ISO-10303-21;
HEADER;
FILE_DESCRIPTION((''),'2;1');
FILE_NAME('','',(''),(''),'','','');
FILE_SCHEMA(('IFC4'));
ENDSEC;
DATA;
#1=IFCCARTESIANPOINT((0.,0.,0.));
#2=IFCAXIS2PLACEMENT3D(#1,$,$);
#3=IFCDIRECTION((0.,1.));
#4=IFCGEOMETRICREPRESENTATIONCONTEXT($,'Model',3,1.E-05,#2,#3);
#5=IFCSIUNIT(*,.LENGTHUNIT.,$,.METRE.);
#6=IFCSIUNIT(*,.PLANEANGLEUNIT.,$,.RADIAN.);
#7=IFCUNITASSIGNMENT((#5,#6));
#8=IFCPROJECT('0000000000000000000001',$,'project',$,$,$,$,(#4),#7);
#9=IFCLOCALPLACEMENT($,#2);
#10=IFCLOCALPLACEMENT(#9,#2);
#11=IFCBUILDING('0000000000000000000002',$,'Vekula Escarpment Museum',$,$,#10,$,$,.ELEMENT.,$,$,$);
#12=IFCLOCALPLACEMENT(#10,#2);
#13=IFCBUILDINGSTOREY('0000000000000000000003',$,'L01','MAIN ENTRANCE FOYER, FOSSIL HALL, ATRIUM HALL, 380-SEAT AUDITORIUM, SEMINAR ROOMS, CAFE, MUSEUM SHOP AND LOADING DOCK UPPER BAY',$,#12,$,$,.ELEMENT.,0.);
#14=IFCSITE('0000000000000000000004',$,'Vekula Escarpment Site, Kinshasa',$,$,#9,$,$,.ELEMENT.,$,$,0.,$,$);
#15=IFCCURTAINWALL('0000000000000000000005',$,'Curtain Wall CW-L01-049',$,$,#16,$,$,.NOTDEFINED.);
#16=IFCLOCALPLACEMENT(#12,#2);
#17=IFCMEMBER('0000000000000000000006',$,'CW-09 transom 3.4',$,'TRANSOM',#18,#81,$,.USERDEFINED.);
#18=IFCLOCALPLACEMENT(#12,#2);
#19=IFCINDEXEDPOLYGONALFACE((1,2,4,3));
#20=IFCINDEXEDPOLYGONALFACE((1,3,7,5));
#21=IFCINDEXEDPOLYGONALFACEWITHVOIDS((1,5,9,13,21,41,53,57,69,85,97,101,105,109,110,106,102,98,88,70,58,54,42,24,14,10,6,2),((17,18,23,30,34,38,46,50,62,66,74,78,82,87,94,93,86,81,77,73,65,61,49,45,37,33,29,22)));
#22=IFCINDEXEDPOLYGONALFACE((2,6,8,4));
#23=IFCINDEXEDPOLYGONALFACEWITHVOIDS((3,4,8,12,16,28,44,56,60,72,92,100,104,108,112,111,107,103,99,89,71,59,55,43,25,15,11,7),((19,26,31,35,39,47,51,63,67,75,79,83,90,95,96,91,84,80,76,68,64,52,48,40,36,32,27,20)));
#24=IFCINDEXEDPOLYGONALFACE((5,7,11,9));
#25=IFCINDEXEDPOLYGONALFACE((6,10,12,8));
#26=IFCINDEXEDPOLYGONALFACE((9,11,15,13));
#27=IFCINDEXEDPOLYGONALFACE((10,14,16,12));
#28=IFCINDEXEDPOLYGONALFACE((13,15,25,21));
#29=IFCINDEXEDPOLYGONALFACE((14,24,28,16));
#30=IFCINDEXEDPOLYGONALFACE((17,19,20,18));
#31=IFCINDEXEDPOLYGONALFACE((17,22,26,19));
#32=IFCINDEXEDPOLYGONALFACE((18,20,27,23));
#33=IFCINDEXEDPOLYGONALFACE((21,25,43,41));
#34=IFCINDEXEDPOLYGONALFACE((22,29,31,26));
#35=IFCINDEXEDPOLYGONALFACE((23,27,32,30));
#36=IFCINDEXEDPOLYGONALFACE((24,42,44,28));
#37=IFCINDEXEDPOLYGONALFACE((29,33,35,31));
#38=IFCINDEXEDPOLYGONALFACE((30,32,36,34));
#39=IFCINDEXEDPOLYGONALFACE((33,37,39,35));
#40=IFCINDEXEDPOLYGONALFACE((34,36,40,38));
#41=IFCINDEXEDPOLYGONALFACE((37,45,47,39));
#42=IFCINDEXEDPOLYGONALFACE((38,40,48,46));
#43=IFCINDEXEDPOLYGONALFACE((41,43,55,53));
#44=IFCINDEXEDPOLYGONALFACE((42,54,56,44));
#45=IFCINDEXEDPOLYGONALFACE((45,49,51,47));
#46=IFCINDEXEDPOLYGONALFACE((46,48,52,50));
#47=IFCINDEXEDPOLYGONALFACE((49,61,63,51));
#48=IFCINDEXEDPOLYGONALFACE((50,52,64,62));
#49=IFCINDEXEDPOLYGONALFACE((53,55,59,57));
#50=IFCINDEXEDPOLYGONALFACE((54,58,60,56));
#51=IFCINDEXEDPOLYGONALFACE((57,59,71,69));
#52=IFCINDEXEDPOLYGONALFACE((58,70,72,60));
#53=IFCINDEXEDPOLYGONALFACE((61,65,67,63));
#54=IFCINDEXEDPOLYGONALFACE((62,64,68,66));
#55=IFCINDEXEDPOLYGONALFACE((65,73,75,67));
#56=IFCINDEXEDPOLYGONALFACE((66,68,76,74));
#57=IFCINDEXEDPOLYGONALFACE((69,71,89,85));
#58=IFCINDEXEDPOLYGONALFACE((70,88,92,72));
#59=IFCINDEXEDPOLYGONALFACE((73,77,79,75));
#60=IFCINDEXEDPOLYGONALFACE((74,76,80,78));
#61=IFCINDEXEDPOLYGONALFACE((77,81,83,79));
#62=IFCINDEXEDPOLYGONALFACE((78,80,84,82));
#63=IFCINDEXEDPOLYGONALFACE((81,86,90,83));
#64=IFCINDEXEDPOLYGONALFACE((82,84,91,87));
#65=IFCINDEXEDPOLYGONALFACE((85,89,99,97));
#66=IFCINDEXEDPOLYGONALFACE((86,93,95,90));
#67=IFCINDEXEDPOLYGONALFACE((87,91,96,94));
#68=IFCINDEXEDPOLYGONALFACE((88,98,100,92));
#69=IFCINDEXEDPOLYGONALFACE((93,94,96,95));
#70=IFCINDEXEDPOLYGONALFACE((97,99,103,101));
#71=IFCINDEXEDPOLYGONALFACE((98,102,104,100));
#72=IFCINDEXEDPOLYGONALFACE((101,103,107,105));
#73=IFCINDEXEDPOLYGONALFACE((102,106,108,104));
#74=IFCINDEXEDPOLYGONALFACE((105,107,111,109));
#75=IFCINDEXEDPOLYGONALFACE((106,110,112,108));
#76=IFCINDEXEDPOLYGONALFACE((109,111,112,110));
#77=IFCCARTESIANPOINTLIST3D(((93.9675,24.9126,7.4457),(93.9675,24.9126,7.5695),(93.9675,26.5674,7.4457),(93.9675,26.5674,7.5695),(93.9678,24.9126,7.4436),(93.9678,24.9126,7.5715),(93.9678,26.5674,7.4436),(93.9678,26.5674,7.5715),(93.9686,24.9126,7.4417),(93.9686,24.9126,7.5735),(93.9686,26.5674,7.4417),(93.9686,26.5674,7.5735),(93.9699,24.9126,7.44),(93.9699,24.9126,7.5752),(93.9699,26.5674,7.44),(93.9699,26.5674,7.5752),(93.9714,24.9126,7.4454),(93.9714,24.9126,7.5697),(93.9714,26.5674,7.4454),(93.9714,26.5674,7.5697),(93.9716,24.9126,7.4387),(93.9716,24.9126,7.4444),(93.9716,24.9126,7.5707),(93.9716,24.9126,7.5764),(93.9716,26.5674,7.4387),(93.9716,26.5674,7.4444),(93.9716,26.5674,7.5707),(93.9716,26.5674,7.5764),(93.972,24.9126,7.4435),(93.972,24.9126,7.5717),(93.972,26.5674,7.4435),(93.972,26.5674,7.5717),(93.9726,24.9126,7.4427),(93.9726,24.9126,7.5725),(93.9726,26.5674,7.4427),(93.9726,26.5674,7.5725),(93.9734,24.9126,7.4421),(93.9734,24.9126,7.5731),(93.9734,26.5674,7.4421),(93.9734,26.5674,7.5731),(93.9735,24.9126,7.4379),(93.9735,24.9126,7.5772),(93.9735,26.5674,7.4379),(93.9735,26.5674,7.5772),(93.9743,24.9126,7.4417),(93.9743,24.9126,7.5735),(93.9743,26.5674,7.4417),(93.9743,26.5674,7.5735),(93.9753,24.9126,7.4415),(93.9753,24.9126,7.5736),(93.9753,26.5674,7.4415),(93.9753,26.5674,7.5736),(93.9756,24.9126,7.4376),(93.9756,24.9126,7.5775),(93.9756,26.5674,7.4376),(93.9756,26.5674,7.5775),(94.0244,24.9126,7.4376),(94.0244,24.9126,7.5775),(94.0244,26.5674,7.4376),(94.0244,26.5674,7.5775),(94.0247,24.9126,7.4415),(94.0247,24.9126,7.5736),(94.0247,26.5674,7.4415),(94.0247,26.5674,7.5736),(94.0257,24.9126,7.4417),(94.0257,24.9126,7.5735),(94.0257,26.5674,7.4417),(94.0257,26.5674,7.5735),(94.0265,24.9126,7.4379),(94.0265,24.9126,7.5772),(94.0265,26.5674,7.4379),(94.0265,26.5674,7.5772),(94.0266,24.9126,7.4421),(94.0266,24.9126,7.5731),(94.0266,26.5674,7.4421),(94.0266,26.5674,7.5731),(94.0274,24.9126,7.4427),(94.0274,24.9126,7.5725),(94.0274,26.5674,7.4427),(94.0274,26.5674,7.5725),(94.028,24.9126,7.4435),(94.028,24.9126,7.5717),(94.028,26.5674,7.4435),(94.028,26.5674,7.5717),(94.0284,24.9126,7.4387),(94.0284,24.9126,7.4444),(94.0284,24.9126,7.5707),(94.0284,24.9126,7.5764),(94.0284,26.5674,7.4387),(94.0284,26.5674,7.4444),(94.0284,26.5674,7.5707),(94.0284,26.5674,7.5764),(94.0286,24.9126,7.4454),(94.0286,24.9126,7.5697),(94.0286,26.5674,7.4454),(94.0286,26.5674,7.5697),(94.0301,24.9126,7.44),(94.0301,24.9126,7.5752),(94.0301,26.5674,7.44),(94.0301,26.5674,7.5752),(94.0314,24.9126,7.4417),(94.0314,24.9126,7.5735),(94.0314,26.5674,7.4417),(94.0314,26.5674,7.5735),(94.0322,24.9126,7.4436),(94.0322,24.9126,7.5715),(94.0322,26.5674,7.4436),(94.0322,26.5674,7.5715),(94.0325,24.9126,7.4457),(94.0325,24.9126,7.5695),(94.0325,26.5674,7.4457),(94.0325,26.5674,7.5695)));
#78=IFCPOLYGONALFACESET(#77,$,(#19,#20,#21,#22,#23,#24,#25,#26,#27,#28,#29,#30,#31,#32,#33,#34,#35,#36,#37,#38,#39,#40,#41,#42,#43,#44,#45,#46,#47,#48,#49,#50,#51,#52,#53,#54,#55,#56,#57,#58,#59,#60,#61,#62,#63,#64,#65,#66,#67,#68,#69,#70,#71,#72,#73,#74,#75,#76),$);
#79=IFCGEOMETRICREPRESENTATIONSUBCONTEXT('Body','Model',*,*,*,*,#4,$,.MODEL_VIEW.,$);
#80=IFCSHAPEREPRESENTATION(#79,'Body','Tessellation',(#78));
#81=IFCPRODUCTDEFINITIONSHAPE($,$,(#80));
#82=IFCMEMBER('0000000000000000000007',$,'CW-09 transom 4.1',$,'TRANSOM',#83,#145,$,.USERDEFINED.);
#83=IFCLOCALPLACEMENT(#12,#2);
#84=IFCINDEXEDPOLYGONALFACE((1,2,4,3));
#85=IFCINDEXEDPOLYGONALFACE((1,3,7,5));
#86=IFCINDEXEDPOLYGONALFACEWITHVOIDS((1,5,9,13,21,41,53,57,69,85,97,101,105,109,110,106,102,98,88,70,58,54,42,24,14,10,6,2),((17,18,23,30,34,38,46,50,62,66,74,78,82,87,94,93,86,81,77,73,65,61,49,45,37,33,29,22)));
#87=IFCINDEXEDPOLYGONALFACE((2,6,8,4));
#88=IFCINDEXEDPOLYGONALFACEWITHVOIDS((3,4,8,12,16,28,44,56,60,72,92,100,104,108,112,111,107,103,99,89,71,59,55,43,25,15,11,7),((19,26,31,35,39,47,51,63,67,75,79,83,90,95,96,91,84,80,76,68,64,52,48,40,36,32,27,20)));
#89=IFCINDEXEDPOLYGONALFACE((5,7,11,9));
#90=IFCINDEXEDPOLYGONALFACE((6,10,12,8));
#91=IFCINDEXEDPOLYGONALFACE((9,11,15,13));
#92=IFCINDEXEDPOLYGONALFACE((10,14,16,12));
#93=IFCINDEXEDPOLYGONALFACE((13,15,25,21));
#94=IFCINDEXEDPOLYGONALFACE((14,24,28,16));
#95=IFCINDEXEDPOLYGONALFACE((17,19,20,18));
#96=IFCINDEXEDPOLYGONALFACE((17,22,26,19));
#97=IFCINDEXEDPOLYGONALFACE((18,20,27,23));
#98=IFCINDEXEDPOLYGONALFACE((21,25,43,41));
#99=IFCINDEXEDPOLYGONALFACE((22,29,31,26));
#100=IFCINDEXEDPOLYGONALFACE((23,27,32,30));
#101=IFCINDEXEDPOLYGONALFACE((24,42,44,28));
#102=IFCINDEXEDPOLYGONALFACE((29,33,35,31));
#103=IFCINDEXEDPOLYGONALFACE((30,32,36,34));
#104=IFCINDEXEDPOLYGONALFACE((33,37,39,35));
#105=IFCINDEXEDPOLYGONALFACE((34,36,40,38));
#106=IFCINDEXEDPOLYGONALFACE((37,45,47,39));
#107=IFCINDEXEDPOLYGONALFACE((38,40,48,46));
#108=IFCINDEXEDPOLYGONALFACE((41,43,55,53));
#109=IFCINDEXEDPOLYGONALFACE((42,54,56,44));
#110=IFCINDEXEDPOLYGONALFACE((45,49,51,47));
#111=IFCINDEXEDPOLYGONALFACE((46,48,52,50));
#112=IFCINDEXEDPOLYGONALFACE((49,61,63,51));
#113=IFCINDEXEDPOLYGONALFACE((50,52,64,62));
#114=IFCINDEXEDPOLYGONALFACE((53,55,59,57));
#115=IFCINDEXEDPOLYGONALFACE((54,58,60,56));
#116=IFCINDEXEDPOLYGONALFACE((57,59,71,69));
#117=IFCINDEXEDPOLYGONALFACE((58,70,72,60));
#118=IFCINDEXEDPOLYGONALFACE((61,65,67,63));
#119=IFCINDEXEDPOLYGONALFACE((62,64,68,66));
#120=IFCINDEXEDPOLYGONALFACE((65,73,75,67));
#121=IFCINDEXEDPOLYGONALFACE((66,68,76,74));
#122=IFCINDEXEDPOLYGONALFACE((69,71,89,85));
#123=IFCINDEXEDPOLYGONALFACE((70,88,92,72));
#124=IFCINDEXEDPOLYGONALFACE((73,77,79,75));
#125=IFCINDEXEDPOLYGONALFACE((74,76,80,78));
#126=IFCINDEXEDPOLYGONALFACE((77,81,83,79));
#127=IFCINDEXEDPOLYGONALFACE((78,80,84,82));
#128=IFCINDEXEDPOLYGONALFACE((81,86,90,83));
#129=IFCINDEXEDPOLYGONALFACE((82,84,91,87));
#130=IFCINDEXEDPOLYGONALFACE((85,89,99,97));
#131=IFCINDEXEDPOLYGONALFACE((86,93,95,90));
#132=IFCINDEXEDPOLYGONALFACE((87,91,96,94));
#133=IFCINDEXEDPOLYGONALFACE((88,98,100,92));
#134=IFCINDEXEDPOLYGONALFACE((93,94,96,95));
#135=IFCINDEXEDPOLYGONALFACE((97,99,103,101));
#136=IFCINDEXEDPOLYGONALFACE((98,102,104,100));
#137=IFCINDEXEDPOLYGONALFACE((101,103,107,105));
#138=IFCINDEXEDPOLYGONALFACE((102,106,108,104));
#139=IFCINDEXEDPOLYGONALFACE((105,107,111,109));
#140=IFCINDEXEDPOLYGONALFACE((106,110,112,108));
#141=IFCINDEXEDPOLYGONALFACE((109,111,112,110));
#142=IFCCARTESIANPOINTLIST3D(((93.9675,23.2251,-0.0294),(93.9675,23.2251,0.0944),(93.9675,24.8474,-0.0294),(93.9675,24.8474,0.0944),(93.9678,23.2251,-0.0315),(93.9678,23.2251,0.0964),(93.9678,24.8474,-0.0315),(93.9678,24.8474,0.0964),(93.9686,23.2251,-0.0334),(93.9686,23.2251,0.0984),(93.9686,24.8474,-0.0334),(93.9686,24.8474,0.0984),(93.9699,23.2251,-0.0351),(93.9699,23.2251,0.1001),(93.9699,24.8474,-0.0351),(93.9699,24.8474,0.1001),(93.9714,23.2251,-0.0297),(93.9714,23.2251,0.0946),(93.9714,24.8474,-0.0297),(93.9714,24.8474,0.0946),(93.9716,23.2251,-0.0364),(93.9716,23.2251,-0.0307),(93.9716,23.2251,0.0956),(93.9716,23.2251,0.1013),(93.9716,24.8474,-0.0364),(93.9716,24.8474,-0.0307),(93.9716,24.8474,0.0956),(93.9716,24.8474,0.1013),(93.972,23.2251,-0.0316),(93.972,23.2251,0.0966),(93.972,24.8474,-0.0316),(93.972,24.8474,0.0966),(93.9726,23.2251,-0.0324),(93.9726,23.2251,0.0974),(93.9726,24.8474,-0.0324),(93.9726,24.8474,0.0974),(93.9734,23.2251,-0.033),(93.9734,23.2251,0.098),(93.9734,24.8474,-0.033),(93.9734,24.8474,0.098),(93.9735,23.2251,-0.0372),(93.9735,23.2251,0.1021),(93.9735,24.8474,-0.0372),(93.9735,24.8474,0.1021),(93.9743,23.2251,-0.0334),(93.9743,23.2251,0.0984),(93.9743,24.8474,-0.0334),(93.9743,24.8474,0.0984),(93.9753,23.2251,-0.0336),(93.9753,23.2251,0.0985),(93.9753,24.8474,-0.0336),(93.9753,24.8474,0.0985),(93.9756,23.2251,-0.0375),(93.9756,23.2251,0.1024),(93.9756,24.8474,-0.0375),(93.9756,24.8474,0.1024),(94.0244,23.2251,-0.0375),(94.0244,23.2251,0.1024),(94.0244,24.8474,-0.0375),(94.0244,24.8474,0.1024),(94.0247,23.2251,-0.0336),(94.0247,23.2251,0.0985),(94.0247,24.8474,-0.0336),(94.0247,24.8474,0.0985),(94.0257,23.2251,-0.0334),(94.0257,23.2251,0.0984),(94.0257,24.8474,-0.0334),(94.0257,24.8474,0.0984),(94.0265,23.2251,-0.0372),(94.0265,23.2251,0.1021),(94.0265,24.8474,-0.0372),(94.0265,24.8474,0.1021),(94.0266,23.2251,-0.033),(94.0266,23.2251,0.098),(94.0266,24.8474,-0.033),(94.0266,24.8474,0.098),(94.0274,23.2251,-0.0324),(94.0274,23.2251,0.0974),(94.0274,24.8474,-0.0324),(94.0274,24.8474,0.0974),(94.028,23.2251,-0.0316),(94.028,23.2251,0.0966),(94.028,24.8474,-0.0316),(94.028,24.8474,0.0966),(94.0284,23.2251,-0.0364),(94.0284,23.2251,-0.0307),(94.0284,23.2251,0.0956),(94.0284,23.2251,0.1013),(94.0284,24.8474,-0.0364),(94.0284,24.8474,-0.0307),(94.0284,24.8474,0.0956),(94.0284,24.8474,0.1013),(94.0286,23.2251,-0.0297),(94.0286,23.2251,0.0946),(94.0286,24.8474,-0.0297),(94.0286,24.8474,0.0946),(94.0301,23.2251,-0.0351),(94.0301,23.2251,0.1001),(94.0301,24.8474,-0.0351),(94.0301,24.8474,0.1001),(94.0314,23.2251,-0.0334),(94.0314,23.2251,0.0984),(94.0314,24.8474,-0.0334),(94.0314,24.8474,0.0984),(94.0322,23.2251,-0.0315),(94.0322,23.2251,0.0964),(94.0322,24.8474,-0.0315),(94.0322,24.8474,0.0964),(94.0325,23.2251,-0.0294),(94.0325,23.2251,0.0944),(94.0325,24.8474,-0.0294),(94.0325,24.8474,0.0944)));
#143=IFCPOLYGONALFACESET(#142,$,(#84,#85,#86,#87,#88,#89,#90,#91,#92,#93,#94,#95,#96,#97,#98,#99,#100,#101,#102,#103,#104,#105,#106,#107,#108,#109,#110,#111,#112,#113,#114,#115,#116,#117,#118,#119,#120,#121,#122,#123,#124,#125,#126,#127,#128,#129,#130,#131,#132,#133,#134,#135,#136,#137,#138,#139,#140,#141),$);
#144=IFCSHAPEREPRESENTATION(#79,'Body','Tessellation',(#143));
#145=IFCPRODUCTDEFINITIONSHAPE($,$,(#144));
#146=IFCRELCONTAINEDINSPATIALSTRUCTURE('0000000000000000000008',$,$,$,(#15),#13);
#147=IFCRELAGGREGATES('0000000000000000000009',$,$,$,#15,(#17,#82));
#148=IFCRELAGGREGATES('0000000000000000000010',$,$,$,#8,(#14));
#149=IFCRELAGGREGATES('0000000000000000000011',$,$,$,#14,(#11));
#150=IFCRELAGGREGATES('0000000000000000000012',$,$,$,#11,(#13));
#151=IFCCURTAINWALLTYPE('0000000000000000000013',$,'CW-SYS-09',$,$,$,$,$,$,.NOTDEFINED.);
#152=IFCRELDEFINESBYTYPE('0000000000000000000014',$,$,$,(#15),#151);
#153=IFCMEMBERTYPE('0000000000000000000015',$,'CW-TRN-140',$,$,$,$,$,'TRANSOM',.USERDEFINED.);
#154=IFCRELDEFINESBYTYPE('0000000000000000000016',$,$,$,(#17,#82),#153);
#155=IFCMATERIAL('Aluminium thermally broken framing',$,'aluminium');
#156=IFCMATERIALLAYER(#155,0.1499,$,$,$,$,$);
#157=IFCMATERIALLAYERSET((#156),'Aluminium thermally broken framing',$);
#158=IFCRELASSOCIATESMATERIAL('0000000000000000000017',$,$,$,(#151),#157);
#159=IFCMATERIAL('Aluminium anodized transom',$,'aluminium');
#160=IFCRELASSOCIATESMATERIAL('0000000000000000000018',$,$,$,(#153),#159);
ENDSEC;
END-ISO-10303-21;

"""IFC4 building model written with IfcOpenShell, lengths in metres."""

from ifc_helpers import new_model, si_unit, direction, frame, origin, origin_2d, place, context, subcontext, project, spatial, hollow_rectangle, extrude, material, layer, layer_set, material_profile, profile_set, type_object, element, aggregate, save


model = new_model("IFC4")

# Units and contexts
model_context = context("Model", 3, precision=1e-05, world=origin(), true_north=direction((0.0, 1.0)))
body_context = subcontext(model_context, "Body", "Model", "MODEL_VIEW")
ifc_project = project(units=[si_unit("LENGTHUNIT", "METRE"), si_unit("PLANEANGLEUNIT", "RADIAN")], contexts=[model_context])

# Site, building, storey
site_placement = place(None, origin())
site = spatial("IfcSite", under=ifc_project, at=site_placement, Name="Vekula Escarpment Site, Kinshasa", CompositionType="ELEMENT", RefElevation=0.0)
building_placement = place(site_placement, origin())
building = spatial("IfcBuilding", under=site, at=building_placement, Name="Vekula Escarpment Museum", CompositionType="ELEMENT")
storey_placement = place(building_placement, origin())
storey = spatial("IfcBuildingStorey", under=building, at=storey_placement, Name="L01", Description="MAIN ENTRANCE FOYER, FOSSIL HALL, ATRIUM HALL, 380-SEAT AUDITORIUM, SEMINAR ROOMS, CAFE, MUSEUM SHOP AND LOADING DOCK UPPER BAY", CompositionType="ELEMENT", Elevation=0.0)

# Curtain wall, members
ifc_material_1 = material(Name="Aluminium thermally broken framing", Category="aluminium")
ifc_layer_1 = layer(ifc_material_1, 0.1499)
ifc_layer_set_1 = layer_set([ifc_layer_1], Name="Aluminium thermally broken framing")
curtain_wall_type = type_object("IfcCurtainWallType", Name="CW-SYS-09", PredefinedType="NOTDEFINED", material=ifc_layer_set_1)
curtain_wall_placement = place(storey_placement, origin())
curtain_wall = element("IfcCurtainWall", 1, at=curtain_wall_placement, inside=storey, type_object=curtain_wall_type, Name="Curtain Wall CW-L01-049", PredefinedType="NOTDEFINED")
ifc_material_2 = material(Name="Aluminium anodized transom", Category="aluminium")
ifc_material_profile_1 = material_profile(ifc_material_2, hollow_rectangle(XDim=0.0649, YDim=0.1399, WallThickness=0.0039, InnerFilletRadius=0.0039, OuterFilletRadius=0.0081, at=origin_2d()), Name="ALU 140x65x4")
ifc_profile_set_1 = profile_set([ifc_material_profile_1], Name="Aluminium anodized transom")
member_type_1 = type_object("IfcMemberType", Name="CW-TRN-140", ElementType="TRANSOM", PredefinedType="USERDEFINED", material=ifc_profile_set_1)
member_1_placement = place(storey_placement, frame((94.0, 26.5674, 7.5076), z_axis=(0.0, -1.0, 0.0), x_axis=(1.0, 0.0, 0.0)))
member_1 = element("IfcMember", 2, at=member_1_placement, type_object=member_type_1, Name="CW-09 transom 3.4", ObjectType="TRANSOM", PredefinedType="USERDEFINED", context=body_context, shape_type="SweptSolid", body=[
    extrude(hollow_rectangle(XDim=0.0649, YDim=0.1399, WallThickness=0.0039, InnerFilletRadius=0.0039, OuterFilletRadius=0.0081, at=origin_2d()), origin(), (0.0, 0.0, 1.0), 1.6548),
])
member_2_placement = place(storey_placement, frame((94.0, 24.8474, 0.0325), z_axis=(0.0, -1.0, 0.0), x_axis=(1.0, 0.0, 0.0)))
member_2 = element("IfcMember", 3, at=member_2_placement, type_object=member_type_1, Name="CW-09 transom 4.1", ObjectType="TRANSOM", PredefinedType="USERDEFINED", context=body_context, shape_type="SweptSolid", body=[
    extrude(hollow_rectangle(XDim=0.0649, YDim=0.1399, WallThickness=0.0039, InnerFilletRadius=0.0039, OuterFilletRadius=0.0081, at=origin_2d()), origin(), (0.0, 0.0, 1.0), 1.6223),
])
aggregate(curtain_wall, [member_1, member_2])

save(model, "model.ifc")
